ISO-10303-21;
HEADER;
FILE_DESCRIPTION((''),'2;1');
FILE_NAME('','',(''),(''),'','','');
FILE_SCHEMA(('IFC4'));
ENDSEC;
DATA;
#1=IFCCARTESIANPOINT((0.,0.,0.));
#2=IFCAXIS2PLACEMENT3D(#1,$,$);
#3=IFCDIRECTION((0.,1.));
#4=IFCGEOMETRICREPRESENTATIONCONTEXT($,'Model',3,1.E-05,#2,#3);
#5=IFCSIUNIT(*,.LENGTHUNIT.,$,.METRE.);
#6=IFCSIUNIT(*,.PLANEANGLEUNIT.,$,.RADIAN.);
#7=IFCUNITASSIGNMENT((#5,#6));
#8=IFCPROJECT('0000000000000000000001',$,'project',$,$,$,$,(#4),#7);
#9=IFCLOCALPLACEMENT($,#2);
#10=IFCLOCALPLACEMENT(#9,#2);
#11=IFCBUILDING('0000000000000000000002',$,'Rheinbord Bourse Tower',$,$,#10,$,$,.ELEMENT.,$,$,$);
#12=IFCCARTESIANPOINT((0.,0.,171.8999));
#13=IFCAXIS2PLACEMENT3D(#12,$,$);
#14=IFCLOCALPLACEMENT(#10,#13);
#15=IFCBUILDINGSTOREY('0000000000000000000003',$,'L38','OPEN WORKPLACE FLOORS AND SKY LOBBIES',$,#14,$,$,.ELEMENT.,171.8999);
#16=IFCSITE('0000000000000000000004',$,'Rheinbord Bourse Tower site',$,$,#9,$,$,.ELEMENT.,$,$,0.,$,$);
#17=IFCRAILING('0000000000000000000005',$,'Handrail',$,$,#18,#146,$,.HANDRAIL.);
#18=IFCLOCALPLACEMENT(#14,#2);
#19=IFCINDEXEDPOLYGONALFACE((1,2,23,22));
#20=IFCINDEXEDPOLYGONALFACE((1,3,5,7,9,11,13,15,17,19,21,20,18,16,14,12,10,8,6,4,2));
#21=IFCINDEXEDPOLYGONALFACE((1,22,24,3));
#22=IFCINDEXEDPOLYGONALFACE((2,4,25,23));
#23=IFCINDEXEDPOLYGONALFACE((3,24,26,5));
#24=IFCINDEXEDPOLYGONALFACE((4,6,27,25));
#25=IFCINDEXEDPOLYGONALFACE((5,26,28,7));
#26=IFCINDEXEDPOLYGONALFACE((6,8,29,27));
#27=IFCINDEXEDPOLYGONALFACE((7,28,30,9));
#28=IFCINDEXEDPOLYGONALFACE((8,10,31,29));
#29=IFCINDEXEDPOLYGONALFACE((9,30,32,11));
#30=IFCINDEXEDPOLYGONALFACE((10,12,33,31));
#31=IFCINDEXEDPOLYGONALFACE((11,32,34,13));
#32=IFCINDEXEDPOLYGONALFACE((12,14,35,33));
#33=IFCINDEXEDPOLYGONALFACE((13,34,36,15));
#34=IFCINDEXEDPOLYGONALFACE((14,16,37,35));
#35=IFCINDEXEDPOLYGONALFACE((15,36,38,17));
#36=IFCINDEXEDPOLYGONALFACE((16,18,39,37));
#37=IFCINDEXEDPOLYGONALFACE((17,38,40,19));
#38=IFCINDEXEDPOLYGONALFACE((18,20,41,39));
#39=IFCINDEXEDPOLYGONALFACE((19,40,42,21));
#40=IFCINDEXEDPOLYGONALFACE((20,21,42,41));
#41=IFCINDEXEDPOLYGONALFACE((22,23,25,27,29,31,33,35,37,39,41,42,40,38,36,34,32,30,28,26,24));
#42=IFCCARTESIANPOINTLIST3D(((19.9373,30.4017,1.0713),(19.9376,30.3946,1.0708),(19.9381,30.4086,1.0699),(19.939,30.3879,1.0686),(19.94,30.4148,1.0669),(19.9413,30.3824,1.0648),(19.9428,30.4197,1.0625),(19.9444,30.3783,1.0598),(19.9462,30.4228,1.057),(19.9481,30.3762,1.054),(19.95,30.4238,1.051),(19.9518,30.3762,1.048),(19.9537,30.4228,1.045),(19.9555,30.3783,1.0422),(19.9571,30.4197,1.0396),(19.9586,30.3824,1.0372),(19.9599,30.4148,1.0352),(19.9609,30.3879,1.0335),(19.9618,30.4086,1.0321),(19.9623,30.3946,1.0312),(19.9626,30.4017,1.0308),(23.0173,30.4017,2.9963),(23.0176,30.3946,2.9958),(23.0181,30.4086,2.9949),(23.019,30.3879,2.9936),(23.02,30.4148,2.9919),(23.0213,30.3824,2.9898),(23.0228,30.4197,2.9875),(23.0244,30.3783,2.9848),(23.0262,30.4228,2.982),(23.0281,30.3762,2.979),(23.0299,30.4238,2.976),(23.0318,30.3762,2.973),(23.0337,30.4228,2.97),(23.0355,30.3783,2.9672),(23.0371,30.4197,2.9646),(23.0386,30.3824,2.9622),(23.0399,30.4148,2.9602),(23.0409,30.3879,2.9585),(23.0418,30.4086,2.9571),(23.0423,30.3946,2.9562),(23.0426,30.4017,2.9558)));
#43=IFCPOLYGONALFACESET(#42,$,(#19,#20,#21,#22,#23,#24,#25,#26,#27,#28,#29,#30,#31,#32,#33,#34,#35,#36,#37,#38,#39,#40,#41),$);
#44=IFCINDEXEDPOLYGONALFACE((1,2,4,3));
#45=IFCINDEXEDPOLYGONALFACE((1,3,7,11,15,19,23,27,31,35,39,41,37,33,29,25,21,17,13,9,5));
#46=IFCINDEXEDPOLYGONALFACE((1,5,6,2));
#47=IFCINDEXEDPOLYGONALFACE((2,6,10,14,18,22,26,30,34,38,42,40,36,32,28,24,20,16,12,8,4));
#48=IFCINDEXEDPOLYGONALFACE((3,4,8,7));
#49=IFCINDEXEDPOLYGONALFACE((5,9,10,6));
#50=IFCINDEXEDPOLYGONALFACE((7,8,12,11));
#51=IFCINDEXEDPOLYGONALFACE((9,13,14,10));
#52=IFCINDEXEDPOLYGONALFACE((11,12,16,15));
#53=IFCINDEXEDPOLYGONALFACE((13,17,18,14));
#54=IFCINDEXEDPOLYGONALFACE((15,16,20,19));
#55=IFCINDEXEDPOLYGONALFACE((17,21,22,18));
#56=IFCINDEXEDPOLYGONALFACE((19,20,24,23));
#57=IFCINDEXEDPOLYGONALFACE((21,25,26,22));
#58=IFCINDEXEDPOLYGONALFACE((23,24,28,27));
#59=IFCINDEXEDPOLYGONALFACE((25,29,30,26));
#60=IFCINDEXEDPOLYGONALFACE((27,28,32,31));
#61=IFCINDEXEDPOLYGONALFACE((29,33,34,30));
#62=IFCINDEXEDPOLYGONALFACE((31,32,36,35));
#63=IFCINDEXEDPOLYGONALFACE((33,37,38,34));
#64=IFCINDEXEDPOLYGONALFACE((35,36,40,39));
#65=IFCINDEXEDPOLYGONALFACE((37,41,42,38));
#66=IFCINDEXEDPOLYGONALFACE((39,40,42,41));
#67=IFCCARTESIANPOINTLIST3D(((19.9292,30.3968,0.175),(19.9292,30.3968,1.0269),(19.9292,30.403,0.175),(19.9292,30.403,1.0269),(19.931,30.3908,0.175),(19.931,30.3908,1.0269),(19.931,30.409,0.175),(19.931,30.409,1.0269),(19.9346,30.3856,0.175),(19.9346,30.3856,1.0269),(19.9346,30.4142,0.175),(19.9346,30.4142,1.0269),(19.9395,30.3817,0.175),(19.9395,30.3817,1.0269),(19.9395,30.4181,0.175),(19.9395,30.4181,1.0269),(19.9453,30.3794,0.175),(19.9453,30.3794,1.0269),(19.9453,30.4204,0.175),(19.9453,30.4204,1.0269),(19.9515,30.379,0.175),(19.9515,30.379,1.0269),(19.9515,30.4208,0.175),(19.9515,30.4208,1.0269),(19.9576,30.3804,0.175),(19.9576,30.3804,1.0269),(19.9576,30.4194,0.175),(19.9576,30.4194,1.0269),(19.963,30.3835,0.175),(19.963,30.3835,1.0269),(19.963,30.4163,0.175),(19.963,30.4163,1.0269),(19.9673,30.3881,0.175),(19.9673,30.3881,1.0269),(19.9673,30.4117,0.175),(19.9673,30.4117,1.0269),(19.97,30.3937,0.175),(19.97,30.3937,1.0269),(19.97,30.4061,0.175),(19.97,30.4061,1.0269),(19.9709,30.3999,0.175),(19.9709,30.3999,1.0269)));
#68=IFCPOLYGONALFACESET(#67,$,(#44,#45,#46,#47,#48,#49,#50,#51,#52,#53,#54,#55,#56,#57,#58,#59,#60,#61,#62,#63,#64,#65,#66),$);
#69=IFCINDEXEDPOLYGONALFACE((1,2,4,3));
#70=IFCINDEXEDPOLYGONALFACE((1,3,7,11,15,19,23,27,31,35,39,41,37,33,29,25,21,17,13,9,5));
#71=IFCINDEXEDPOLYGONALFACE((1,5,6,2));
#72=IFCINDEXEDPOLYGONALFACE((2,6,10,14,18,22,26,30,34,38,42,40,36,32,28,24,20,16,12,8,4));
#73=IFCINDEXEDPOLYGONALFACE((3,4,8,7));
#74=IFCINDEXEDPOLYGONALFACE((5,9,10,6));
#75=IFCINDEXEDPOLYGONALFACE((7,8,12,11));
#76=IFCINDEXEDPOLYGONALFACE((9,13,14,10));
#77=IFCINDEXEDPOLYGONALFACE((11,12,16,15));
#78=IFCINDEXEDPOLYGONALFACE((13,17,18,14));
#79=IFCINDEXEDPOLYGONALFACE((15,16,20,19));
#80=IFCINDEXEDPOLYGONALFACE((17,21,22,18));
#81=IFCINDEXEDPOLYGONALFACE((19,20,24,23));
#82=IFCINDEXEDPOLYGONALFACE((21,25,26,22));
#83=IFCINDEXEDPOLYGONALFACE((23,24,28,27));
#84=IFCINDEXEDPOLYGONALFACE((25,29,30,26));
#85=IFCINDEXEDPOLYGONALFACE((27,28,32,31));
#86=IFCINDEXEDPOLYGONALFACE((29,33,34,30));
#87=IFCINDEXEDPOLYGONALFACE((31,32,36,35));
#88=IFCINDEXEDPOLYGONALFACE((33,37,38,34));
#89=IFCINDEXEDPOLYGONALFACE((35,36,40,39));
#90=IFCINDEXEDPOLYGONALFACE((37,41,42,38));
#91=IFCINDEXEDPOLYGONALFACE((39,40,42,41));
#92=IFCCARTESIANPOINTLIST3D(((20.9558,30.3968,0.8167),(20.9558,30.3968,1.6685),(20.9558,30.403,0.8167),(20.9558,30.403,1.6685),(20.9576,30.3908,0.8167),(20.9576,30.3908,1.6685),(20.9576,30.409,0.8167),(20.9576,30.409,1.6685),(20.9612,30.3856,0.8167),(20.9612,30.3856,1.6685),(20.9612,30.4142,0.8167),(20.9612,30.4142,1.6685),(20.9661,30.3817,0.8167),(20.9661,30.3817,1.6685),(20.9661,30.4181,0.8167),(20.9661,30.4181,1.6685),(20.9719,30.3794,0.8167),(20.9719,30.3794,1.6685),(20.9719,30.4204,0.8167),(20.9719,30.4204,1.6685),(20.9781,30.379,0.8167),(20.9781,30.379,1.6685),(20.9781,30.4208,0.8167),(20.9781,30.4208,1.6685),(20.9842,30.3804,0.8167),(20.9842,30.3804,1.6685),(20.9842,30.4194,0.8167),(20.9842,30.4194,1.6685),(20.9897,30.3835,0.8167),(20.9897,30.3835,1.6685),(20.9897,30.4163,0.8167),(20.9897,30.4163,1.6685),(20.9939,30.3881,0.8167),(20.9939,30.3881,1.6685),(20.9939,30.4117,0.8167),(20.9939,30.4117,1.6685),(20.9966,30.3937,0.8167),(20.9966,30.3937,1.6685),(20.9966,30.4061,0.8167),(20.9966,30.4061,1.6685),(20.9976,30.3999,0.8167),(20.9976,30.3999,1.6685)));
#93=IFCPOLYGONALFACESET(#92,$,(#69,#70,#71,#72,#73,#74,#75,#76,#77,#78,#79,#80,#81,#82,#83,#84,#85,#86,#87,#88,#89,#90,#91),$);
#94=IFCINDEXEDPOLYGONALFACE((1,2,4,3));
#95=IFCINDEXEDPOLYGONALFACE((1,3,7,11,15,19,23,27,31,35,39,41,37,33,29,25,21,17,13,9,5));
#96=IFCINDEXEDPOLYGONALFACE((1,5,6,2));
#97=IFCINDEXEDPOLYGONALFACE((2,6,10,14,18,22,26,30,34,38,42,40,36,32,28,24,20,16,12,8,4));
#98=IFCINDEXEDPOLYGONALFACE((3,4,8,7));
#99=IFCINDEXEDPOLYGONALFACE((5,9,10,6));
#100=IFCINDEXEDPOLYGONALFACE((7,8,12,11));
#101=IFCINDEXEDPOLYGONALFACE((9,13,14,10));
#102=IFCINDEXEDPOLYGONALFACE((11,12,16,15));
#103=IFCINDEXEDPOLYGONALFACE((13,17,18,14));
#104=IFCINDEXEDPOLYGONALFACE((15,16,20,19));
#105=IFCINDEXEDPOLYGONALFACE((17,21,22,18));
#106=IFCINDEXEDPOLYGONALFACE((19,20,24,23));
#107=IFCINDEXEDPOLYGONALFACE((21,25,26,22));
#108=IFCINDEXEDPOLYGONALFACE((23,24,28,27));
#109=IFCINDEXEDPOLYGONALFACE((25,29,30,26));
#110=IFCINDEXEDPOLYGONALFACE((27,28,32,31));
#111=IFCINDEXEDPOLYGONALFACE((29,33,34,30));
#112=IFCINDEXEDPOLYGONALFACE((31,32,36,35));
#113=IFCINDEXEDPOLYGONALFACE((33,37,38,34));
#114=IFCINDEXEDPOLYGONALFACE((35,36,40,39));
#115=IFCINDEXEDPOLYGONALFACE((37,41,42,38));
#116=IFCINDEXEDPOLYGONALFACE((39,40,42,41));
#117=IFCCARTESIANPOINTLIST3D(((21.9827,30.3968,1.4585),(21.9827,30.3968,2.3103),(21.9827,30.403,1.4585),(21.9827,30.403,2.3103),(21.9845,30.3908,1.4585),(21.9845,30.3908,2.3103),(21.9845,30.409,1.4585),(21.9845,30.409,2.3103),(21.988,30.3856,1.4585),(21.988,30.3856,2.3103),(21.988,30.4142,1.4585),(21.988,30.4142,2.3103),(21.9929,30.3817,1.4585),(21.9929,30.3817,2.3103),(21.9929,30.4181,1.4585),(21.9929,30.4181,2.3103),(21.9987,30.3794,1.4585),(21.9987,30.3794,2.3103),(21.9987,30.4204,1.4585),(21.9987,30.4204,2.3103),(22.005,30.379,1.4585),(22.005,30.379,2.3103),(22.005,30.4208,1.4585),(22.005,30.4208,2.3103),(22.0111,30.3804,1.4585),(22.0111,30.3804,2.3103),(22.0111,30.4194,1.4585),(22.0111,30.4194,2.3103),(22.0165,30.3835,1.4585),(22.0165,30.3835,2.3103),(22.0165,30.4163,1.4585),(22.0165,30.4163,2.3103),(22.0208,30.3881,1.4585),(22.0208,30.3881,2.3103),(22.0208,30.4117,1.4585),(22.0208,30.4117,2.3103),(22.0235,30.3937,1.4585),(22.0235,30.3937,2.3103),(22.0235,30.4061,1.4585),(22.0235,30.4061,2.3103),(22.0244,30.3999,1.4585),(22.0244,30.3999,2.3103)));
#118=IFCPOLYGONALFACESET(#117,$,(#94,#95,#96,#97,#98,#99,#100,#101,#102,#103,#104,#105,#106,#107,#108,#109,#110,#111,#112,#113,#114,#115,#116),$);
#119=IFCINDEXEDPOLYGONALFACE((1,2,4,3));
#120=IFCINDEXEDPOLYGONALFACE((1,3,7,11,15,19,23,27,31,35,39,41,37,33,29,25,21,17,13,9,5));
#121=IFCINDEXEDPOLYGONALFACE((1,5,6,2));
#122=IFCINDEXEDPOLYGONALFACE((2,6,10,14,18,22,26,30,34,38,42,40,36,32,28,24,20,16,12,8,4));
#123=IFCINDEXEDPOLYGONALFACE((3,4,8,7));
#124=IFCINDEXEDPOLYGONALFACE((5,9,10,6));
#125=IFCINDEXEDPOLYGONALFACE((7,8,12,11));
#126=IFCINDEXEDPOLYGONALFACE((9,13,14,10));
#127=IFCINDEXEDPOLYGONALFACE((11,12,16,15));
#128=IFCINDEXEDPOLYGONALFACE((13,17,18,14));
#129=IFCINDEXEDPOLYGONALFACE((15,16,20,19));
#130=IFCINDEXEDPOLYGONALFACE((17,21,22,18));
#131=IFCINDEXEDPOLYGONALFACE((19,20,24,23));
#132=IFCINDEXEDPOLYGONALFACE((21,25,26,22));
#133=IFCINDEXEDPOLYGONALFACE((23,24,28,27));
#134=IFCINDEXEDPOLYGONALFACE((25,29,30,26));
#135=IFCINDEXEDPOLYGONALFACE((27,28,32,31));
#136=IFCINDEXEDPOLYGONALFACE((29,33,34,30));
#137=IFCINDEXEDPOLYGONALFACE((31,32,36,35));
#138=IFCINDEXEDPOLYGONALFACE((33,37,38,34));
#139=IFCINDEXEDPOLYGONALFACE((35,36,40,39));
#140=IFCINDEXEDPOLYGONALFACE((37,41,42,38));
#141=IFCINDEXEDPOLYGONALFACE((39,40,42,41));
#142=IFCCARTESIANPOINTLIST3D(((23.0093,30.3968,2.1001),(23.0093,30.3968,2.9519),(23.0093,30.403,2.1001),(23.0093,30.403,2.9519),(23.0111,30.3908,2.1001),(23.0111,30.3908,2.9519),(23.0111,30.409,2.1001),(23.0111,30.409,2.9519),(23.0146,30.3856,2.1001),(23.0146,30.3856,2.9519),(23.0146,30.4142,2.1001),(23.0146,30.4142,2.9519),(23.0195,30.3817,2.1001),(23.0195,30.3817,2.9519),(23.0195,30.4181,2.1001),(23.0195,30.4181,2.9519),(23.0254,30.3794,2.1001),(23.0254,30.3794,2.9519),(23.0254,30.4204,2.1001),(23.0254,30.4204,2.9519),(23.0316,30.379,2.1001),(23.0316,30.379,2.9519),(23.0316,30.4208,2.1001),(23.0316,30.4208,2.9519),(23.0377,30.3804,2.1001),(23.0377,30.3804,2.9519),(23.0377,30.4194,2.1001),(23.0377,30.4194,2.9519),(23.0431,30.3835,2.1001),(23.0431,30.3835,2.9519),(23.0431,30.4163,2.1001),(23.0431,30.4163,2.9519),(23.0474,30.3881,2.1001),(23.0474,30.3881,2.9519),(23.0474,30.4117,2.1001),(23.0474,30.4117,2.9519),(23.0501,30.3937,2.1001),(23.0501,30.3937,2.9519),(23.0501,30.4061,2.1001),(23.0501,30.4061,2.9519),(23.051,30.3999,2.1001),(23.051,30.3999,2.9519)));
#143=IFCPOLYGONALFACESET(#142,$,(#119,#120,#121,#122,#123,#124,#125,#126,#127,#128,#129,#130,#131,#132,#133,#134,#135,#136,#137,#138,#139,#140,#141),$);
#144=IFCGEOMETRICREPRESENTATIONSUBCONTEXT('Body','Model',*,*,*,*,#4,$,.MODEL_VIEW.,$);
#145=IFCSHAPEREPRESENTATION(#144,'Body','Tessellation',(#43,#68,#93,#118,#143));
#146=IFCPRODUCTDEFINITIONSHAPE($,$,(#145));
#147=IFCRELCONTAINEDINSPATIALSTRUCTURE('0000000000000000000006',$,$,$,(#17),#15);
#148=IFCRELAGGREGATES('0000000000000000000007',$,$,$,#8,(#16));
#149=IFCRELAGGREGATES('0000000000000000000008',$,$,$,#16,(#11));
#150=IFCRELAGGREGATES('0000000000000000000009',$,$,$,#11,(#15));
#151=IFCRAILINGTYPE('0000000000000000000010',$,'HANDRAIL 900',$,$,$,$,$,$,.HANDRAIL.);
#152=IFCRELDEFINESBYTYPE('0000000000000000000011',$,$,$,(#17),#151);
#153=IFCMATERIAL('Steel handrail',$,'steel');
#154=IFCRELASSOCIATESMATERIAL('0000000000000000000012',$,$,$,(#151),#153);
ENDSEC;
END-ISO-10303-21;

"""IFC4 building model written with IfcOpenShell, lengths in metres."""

from ifc_helpers import new_model, si_unit, direction, frame, origin, origin_2d, place, context, subcontext, project, spatial, circle, extrude, material, type_object, element, save


model = new_model("IFC4")

# Units and contexts
model_context = context("Model", 3, precision=1e-05, world=origin(), true_north=direction((0.0, 1.0)))
body_context = subcontext(model_context, "Body", "Model", "MODEL_VIEW")
ifc_project = project(units=[si_unit("LENGTHUNIT", "METRE"), si_unit("PLANEANGLEUNIT", "RADIAN")], contexts=[model_context])

# Site, building, storey
site_placement = place(None, origin())
site = spatial("IfcSite", under=ifc_project, at=site_placement, Name="Rheinbord Bourse Tower site", CompositionType="ELEMENT", RefElevation=0.0)
building_placement = place(site_placement, origin())
building = spatial("IfcBuilding", under=site, at=building_placement, Name="Rheinbord Bourse Tower", CompositionType="ELEMENT")
storey_placement = place(building_placement, frame((0.0, 0.0, 171.8999)))
storey = spatial("IfcBuildingStorey", under=building, at=storey_placement, Name="L38", Description="OPEN WORKPLACE FLOORS AND SKY LOBBIES", CompositionType="ELEMENT", Elevation=171.8999)

# Railing
ifc_material_1 = material(Name="Steel handrail", Category="steel")
railing_type = type_object("IfcRailingType", Name="HANDRAIL 900", PredefinedType="HANDRAIL", material=ifc_material_1)
railing_1_placement = place(storey_placement, frame((19.95, 30.3999, 0.175)))
element("IfcRailing", 1, at=railing_1_placement, inside=storey, type_object=railing_type, Name="Handrail", PredefinedType="HANDRAIL", context=body_context, shape_type="SweptSolid", body=[
    extrude(circle(Radius=0.0239, at=origin_2d()), frame((0.0, 0.0, 0.876), z_axis=(0.847998, 0.0, 0.529999), x_axis=(0.0, 1.0, 0.0)), (0.0, 0.0, 1.0), 3.6321),
    extrude(circle(Radius=0.021, at=origin_2d()), origin(), (0.0, 0.0, 1.0), 0.8518),
    extrude(circle(Radius=0.021, at=origin_2d()), frame((1.0266, 0.0, 0.6416)), (0.0, 0.0, 1.0), 0.8518),
    extrude(circle(Radius=0.021, at=origin_2d()), frame((2.0535, 0.0, 1.2834)), (0.0, 0.0, 1.0), 0.8518),
    extrude(circle(Radius=0.021, at=origin_2d()), frame((3.0801, 0.0, 1.925)), (0.0, 0.0, 1.0), 0.8518),
])

save(model, "model.ifc")
